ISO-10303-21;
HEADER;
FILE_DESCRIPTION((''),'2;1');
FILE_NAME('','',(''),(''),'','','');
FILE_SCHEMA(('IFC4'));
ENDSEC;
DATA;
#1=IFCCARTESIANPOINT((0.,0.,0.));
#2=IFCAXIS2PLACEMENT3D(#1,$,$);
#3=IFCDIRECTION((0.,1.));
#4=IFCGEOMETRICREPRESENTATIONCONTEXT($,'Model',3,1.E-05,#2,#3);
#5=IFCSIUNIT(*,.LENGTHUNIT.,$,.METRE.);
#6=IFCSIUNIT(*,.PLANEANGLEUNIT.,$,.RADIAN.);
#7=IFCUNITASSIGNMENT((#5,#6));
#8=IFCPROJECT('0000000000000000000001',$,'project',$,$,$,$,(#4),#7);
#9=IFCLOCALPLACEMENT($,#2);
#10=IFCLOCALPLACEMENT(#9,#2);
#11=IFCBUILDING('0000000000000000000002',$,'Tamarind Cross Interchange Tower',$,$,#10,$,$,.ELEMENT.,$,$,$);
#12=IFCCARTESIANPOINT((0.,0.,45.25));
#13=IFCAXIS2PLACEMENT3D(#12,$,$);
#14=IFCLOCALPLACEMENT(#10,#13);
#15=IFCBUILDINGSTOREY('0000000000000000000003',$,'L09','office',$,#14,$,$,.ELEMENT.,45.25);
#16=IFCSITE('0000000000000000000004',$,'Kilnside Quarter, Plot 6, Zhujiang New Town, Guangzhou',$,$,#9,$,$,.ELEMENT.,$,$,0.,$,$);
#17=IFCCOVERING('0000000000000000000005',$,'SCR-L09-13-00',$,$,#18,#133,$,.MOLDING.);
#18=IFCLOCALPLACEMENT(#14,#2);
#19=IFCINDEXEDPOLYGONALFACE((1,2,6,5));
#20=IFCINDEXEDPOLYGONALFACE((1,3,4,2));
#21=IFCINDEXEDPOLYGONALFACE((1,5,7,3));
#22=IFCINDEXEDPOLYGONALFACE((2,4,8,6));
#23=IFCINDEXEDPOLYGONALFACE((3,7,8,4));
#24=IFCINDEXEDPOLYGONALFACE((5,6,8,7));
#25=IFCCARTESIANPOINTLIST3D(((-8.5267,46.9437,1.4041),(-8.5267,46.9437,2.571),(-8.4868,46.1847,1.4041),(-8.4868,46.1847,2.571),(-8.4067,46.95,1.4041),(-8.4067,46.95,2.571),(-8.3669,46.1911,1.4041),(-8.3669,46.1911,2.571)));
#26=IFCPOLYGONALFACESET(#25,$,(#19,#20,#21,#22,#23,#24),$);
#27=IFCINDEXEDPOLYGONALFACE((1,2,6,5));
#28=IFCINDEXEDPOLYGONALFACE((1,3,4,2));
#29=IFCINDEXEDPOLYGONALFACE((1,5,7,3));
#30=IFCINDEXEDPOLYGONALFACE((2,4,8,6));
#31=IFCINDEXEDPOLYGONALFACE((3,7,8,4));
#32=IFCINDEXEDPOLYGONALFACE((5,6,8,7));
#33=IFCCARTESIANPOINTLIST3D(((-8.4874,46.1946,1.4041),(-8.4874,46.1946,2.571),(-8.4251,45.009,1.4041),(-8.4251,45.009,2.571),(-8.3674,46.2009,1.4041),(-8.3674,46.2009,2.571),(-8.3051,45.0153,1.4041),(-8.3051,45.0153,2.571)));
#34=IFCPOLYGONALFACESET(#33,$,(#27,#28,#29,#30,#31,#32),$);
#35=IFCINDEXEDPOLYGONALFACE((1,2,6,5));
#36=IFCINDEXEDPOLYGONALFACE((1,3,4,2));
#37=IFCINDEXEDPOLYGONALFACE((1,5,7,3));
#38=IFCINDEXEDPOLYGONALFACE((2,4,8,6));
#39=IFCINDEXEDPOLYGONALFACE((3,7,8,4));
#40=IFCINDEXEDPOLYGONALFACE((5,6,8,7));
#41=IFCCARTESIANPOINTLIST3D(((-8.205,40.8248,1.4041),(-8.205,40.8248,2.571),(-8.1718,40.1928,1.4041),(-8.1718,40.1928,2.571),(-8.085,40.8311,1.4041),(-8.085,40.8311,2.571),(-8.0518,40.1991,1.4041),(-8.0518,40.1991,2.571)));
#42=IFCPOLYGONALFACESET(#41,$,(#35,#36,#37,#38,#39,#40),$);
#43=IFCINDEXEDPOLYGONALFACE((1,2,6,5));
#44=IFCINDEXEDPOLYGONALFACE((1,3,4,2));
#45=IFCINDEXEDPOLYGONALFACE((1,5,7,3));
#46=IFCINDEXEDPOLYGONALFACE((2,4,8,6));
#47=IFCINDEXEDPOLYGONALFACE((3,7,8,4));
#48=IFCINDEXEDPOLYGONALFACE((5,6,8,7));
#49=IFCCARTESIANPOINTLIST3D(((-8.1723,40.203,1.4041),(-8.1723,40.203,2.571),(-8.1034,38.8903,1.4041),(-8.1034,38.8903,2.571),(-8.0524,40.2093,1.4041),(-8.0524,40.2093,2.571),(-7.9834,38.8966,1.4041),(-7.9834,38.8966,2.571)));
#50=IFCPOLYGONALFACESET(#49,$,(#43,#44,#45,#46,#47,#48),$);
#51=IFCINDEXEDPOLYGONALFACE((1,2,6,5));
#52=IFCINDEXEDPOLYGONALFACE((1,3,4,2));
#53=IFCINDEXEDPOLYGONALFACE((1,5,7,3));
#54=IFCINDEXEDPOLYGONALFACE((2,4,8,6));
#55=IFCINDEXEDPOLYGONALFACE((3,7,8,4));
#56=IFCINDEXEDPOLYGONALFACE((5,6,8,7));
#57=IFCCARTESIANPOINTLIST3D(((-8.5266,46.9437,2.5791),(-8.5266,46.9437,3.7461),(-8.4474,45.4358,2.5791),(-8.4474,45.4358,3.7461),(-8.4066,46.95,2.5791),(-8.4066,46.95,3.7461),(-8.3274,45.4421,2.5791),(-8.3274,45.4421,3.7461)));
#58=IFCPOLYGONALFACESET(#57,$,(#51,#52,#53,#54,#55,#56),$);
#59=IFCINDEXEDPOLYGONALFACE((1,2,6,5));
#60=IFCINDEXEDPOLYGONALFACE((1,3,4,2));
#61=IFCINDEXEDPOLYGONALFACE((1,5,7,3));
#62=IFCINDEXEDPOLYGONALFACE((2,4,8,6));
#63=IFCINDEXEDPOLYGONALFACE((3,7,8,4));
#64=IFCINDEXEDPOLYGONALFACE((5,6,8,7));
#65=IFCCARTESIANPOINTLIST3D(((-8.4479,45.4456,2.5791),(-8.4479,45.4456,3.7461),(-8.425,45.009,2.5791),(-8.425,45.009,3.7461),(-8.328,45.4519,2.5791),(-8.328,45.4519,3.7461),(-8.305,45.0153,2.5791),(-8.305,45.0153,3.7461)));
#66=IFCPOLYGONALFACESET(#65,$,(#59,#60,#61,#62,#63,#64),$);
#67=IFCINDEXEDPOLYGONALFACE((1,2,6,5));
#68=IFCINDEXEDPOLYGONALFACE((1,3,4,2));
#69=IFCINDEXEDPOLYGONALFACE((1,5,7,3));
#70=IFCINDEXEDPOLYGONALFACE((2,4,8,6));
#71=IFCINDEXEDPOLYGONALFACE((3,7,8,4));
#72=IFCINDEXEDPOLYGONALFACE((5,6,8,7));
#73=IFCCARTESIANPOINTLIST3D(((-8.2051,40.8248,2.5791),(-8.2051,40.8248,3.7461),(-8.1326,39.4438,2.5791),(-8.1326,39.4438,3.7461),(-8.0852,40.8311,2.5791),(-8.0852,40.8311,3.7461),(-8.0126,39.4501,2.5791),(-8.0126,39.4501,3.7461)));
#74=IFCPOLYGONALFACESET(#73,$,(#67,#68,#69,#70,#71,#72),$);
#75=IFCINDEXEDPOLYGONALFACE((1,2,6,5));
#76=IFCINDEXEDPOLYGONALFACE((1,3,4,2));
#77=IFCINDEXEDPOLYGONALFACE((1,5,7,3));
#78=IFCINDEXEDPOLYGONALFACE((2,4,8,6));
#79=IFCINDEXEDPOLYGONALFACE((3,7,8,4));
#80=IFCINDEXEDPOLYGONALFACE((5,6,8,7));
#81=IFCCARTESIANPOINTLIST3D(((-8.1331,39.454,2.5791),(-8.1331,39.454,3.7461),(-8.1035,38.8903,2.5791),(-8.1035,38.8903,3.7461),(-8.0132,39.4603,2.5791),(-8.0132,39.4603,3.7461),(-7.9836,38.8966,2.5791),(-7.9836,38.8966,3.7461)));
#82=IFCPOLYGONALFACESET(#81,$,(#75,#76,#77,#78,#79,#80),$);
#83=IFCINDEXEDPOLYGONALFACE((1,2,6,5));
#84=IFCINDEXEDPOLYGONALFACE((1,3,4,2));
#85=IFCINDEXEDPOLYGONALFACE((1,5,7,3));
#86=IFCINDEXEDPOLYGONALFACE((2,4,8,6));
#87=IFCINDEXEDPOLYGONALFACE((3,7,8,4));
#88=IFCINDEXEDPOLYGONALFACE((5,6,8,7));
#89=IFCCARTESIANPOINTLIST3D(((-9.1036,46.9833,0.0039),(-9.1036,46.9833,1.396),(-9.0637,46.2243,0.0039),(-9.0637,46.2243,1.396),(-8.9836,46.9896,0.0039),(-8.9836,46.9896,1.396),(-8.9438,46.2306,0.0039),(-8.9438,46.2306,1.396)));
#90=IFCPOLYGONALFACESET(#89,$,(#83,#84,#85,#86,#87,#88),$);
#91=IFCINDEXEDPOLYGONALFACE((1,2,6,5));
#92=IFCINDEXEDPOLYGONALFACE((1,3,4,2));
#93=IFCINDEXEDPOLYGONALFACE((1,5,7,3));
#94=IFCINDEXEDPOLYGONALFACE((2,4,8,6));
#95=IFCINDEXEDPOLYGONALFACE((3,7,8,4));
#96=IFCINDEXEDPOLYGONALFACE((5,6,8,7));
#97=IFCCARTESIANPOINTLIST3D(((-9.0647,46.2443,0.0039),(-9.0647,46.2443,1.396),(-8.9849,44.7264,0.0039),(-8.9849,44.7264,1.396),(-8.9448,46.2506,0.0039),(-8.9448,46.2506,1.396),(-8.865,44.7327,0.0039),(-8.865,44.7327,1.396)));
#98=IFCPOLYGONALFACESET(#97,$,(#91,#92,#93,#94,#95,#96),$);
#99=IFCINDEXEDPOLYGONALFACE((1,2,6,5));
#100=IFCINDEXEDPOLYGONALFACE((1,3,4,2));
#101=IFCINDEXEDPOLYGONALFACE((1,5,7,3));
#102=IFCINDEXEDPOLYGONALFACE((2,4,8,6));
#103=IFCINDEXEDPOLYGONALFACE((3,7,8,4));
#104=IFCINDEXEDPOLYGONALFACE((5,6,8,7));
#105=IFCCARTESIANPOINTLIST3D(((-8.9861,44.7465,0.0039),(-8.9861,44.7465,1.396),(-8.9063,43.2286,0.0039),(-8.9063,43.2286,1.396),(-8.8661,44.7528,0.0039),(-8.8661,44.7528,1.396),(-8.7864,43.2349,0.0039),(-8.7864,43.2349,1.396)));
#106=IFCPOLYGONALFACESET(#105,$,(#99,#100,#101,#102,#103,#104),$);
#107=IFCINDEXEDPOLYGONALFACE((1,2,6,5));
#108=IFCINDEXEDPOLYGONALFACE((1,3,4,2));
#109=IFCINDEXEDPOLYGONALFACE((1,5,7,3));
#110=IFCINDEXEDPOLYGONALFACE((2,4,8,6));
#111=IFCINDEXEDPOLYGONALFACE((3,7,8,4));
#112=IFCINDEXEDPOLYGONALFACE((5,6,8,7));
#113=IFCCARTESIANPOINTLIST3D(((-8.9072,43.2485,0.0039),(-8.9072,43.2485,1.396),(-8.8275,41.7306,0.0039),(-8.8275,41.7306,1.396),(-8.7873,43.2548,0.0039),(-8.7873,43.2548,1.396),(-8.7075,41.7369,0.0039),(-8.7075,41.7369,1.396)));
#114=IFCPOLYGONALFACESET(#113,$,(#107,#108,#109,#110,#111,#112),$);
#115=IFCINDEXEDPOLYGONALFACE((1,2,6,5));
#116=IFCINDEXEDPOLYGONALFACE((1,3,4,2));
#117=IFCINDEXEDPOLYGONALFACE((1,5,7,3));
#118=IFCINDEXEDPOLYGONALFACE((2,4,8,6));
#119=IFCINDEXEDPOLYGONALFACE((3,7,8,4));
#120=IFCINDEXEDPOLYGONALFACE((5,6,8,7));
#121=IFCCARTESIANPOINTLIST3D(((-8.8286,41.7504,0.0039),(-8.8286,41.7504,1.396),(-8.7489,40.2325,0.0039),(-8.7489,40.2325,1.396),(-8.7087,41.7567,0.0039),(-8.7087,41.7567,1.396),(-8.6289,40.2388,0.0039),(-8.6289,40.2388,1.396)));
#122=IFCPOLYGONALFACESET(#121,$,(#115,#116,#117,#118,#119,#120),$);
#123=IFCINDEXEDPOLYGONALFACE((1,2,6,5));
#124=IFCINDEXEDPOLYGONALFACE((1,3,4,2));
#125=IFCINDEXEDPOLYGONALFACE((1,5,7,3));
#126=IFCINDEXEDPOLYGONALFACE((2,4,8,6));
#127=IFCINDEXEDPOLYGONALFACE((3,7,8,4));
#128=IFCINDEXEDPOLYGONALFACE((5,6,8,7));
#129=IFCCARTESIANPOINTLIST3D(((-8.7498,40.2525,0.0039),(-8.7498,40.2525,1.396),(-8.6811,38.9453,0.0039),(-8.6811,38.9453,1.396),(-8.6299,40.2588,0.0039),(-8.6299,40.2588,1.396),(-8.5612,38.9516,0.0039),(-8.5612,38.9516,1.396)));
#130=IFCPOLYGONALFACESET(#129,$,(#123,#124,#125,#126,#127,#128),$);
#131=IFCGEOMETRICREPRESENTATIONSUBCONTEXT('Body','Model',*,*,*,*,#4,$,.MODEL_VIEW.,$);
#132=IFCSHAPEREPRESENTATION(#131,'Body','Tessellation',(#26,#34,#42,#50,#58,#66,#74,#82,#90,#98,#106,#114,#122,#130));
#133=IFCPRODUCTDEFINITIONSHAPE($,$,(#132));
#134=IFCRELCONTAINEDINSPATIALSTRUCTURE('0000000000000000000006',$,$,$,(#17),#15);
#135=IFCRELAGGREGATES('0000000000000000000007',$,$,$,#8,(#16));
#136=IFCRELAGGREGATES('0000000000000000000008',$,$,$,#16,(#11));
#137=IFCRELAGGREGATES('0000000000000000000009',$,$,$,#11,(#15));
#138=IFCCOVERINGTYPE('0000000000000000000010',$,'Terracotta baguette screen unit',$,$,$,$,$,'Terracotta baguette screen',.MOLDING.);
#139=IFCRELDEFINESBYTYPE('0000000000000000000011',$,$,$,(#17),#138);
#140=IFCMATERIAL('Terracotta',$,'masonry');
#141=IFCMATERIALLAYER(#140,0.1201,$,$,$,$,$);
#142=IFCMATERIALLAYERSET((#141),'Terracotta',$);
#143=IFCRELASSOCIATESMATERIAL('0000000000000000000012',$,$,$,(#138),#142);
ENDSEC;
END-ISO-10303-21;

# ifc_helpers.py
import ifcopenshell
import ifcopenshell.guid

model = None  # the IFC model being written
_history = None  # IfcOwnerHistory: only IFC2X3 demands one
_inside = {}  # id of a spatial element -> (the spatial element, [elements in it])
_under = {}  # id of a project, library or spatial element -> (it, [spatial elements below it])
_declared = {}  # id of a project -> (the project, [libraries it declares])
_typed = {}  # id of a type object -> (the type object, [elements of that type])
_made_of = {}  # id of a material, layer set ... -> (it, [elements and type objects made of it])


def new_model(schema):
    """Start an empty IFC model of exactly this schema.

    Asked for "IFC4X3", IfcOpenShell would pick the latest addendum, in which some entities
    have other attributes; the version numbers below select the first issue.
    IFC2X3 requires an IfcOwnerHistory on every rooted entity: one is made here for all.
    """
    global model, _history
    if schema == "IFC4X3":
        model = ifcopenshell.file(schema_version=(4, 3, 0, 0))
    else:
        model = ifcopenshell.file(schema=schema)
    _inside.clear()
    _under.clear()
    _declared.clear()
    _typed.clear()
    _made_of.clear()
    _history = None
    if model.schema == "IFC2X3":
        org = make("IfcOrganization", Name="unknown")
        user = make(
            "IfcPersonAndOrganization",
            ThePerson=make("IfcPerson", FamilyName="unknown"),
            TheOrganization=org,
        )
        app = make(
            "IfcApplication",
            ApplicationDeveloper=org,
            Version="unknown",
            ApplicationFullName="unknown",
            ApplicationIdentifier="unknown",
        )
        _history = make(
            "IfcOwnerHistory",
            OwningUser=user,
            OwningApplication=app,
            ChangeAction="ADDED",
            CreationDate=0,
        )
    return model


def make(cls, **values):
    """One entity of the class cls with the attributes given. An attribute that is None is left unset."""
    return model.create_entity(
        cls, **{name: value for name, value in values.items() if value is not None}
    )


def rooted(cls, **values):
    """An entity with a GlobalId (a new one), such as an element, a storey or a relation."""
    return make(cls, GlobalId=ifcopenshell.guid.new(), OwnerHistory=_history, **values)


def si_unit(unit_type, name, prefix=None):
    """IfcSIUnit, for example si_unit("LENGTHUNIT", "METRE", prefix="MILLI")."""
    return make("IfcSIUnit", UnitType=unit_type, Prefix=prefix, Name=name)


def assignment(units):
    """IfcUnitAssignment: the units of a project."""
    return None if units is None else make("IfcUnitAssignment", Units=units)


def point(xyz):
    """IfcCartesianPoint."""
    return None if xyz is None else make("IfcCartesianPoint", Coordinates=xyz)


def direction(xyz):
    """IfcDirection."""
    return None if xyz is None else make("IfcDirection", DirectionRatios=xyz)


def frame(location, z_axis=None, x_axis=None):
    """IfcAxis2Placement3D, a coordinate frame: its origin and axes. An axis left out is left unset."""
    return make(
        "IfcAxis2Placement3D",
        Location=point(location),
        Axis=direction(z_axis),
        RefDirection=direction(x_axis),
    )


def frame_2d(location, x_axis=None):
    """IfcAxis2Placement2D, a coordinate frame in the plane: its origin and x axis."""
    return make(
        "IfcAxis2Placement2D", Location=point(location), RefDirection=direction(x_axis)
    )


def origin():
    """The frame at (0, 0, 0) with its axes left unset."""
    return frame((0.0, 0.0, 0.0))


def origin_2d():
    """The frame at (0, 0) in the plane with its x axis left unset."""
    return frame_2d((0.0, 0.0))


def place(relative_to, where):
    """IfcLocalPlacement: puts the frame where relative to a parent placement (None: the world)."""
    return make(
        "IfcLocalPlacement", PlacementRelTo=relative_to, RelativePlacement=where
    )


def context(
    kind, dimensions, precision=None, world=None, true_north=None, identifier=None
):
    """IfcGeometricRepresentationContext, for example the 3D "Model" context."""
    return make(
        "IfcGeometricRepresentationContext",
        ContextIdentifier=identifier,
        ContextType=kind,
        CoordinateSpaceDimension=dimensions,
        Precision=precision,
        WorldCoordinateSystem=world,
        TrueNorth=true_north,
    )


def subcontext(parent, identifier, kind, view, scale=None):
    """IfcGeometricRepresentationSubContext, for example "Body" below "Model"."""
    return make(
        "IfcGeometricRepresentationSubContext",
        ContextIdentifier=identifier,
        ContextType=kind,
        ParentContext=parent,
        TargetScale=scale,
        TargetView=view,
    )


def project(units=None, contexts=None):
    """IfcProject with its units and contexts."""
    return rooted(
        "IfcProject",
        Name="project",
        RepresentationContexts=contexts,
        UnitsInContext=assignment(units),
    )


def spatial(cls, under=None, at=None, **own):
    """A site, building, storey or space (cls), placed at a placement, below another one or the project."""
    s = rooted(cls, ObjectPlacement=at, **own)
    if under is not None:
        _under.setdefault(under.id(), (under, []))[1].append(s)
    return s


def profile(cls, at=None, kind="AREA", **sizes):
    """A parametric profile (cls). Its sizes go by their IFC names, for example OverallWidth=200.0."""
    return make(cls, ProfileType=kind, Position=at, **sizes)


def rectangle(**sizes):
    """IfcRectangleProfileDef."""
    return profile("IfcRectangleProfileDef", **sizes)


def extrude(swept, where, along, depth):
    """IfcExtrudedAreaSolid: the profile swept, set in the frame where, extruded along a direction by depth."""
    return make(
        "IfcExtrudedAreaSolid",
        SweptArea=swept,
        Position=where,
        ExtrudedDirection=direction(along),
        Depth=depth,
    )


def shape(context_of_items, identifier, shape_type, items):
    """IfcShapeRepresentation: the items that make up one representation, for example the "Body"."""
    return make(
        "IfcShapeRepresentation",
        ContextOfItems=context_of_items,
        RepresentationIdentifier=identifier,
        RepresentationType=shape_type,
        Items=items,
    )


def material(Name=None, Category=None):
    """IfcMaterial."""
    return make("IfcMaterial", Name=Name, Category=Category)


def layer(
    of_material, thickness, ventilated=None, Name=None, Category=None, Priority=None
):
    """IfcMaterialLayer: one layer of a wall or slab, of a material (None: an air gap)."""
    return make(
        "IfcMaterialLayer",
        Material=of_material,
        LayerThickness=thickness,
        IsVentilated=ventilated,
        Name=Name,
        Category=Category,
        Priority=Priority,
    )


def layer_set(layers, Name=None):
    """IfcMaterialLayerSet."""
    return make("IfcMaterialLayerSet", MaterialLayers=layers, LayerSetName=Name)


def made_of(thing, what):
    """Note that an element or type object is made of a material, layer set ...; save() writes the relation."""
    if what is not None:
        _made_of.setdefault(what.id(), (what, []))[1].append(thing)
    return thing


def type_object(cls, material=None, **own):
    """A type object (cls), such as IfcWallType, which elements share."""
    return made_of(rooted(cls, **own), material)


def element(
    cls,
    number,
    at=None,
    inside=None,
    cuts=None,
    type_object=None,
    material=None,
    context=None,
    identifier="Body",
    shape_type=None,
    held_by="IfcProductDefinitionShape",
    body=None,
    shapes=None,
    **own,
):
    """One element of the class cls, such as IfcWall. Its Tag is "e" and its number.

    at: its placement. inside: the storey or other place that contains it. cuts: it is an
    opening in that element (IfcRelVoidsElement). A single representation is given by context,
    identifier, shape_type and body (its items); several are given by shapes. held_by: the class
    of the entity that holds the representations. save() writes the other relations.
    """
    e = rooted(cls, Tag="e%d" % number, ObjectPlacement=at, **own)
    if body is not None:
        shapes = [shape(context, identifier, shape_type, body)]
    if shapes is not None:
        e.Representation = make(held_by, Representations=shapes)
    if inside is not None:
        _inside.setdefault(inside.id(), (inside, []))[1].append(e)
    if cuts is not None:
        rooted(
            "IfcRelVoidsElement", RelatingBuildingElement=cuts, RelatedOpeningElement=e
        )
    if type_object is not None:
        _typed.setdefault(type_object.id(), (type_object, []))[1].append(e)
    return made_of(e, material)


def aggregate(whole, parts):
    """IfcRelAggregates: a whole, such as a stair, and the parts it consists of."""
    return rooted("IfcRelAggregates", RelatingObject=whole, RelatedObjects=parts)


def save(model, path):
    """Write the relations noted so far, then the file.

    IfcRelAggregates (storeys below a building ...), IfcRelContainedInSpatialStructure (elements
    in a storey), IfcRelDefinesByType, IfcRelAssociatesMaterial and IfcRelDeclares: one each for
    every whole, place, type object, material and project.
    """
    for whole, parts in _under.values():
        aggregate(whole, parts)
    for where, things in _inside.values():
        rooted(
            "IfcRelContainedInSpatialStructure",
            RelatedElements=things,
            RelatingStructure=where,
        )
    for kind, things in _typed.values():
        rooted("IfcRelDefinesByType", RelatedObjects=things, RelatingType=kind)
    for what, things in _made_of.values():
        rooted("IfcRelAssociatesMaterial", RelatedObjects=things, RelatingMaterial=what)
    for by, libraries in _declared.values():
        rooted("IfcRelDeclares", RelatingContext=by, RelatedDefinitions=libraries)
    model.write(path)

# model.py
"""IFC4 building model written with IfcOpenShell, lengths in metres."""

from ifc_helpers import new_model, si_unit, direction, frame, origin, origin_2d, place, context, subcontext, project, spatial, rectangle, extrude, material, layer, layer_set, type_object, element, save


model = new_model("IFC4")

# Units and contexts
model_context = context("Model", 3, precision=1e-05, world=origin(), true_north=direction((0.0, 1.0)))
body_context = subcontext(model_context, "Body", "Model", "MODEL_VIEW")
ifc_project = project(units=[si_unit("LENGTHUNIT", "METRE"), si_unit("PLANEANGLEUNIT", "RADIAN")], contexts=[model_context])

# Site, building, storey
site_placement = place(None, origin())
site = spatial("IfcSite", under=ifc_project, at=site_placement, Name="Kilnside Quarter, Plot 6, Zhujiang New Town, Guangzhou", CompositionType="ELEMENT", RefElevation=0.0)
building_placement = place(site_placement, origin())
building = spatial("IfcBuilding", under=site, at=building_placement, Name="Tamarind Cross Interchange Tower", CompositionType="ELEMENT")
storey_placement = place(building_placement, frame((0.0, 0.0, 45.25)))
storey = spatial("IfcBuildingStorey", under=building, at=storey_placement, Name="L09", Description="office", CompositionType="ELEMENT", Elevation=45.25)

# Covering
ifc_material_1 = material(Name="Terracotta", Category="masonry")
ifc_layer_1 = layer(ifc_material_1, 0.1201)
ifc_layer_set_1 = layer_set([ifc_layer_1], Name="Terracotta")
covering_type = type_object("IfcCoveringType", Name="Terracotta baguette screen unit", ElementType="Terracotta baguette screen", PredefinedType="MOLDING", material=ifc_layer_set_1)
covering_1_placement = place(storey_placement, origin())
element("IfcCovering", 1, at=covering_1_placement, inside=storey, type_object=covering_type, Name="SCR-L09-13-00", PredefinedType="MOLDING", context=body_context, shape_type="SweptSolid", body=[
    extrude(rectangle(XDim=0.76, YDim=0.1201, at=origin_2d()), frame((-8.4468, 46.5674, 1.4041), z_axis=(0.0, 0.0, 1.0), x_axis=(0.052478, -0.998622, 0.0)), (0.0, 0.0, 1.0), 1.167),
    extrude(rectangle(XDim=1.1873, YDim=0.1201, at=origin_2d()), frame((-8.3962, 45.605, 1.4041), z_axis=(0.0, 0.0, 1.0), x_axis=(0.052478, -0.998622, 0.0)), (0.0, 0.0, 1.0), 1.167),
    extrude(rectangle(XDim=0.6328, YDim=0.1201, at=origin_2d()), frame((-8.1284, 40.512, 1.4041), z_axis=(0.0, 0.0, 1.0), x_axis=(0.052478, -0.998622, 0.0)), (0.0, 0.0, 1.0), 1.167),
    extrude(rectangle(XDim=1.3145, YDim=0.1201, at=origin_2d()), frame((-8.0779, 39.5498, 1.4041), z_axis=(0.0, 0.0, 1.0), x_axis=(0.052478, -0.998622, 0.0)), (0.0, 0.0, 1.0), 1.167),
    extrude(rectangle(XDim=1.51, YDim=0.1201, at=origin_2d()), frame((-8.427, 46.1929, 2.5791), z_axis=(0.0, 0.0, 1.0), x_axis=(0.052478, -0.998622, 0.0)), (0.0, 0.0, 1.0), 1.167),
    extrude(rectangle(XDim=0.4373, YDim=0.1201, at=origin_2d()), frame((-8.3765, 45.2305, 2.5791), z_axis=(0.0, 0.0, 1.0), x_axis=(0.052478, -0.998622, 0.0)), (0.0, 0.0, 1.0), 1.167),
    extrude(rectangle(XDim=1.3828, YDim=0.1201, at=origin_2d()), frame((-8.1089, 40.1375, 2.5791), z_axis=(0.0, 0.0, 1.0), x_axis=(0.052478, -0.998622, 0.0)), (0.0, 0.0, 1.0), 1.167),
    extrude(rectangle(XDim=0.5645, YDim=0.1201, at=origin_2d()), frame((-8.0583, 39.1753, 2.5791), z_axis=(0.0, 0.0, 1.0), x_axis=(0.052478, -0.998622, 0.0)), (0.0, 0.0, 1.0), 1.167),
    extrude(rectangle(XDim=0.76, YDim=0.1201, at=origin_2d()), frame((-9.0237, 46.6069, 0.0039), z_axis=(0.0, 0.0, 1.0), x_axis=(0.052478, -0.998622, 0.0)), (0.0, 0.0, 1.0), 1.3921),
    extrude(rectangle(XDim=1.52, YDim=0.1201, at=origin_2d()), frame((-8.9648, 45.4885, 0.0039), z_axis=(0.0, 0.0, 1.0), x_axis=(0.052478, -0.998622, 0.0)), (0.0, 0.0, 1.0), 1.3921),
    extrude(rectangle(XDim=1.52, YDim=0.1201, at=origin_2d()), frame((-8.8862, 43.9907, 0.0039), z_axis=(0.0, 0.0, 1.0), x_axis=(0.052478, -0.998622, 0.0)), (0.0, 0.0, 1.0), 1.3921),
    extrude(rectangle(XDim=1.52, YDim=0.1201, at=origin_2d()), frame((-8.8074, 42.4927, 0.0039), z_axis=(0.0, 0.0, 1.0), x_axis=(0.052478, -0.998622, 0.0)), (0.0, 0.0, 1.0), 1.3921),
    extrude(rectangle(XDim=1.52, YDim=0.1201, at=origin_2d()), frame((-8.7288, 40.9946, 0.0039), z_axis=(0.0, 0.0, 1.0), x_axis=(0.052478, -0.998622, 0.0)), (0.0, 0.0, 1.0), 1.3921),
    extrude(rectangle(XDim=1.3091, YDim=0.1201, at=origin_2d()), frame((-8.6555, 39.6021, 0.0039), z_axis=(0.0, 0.0, 1.0), x_axis=(0.052478, -0.998622, 0.0)), (0.0, 0.0, 1.0), 1.3921),
])

save(model, "model.ifc")
